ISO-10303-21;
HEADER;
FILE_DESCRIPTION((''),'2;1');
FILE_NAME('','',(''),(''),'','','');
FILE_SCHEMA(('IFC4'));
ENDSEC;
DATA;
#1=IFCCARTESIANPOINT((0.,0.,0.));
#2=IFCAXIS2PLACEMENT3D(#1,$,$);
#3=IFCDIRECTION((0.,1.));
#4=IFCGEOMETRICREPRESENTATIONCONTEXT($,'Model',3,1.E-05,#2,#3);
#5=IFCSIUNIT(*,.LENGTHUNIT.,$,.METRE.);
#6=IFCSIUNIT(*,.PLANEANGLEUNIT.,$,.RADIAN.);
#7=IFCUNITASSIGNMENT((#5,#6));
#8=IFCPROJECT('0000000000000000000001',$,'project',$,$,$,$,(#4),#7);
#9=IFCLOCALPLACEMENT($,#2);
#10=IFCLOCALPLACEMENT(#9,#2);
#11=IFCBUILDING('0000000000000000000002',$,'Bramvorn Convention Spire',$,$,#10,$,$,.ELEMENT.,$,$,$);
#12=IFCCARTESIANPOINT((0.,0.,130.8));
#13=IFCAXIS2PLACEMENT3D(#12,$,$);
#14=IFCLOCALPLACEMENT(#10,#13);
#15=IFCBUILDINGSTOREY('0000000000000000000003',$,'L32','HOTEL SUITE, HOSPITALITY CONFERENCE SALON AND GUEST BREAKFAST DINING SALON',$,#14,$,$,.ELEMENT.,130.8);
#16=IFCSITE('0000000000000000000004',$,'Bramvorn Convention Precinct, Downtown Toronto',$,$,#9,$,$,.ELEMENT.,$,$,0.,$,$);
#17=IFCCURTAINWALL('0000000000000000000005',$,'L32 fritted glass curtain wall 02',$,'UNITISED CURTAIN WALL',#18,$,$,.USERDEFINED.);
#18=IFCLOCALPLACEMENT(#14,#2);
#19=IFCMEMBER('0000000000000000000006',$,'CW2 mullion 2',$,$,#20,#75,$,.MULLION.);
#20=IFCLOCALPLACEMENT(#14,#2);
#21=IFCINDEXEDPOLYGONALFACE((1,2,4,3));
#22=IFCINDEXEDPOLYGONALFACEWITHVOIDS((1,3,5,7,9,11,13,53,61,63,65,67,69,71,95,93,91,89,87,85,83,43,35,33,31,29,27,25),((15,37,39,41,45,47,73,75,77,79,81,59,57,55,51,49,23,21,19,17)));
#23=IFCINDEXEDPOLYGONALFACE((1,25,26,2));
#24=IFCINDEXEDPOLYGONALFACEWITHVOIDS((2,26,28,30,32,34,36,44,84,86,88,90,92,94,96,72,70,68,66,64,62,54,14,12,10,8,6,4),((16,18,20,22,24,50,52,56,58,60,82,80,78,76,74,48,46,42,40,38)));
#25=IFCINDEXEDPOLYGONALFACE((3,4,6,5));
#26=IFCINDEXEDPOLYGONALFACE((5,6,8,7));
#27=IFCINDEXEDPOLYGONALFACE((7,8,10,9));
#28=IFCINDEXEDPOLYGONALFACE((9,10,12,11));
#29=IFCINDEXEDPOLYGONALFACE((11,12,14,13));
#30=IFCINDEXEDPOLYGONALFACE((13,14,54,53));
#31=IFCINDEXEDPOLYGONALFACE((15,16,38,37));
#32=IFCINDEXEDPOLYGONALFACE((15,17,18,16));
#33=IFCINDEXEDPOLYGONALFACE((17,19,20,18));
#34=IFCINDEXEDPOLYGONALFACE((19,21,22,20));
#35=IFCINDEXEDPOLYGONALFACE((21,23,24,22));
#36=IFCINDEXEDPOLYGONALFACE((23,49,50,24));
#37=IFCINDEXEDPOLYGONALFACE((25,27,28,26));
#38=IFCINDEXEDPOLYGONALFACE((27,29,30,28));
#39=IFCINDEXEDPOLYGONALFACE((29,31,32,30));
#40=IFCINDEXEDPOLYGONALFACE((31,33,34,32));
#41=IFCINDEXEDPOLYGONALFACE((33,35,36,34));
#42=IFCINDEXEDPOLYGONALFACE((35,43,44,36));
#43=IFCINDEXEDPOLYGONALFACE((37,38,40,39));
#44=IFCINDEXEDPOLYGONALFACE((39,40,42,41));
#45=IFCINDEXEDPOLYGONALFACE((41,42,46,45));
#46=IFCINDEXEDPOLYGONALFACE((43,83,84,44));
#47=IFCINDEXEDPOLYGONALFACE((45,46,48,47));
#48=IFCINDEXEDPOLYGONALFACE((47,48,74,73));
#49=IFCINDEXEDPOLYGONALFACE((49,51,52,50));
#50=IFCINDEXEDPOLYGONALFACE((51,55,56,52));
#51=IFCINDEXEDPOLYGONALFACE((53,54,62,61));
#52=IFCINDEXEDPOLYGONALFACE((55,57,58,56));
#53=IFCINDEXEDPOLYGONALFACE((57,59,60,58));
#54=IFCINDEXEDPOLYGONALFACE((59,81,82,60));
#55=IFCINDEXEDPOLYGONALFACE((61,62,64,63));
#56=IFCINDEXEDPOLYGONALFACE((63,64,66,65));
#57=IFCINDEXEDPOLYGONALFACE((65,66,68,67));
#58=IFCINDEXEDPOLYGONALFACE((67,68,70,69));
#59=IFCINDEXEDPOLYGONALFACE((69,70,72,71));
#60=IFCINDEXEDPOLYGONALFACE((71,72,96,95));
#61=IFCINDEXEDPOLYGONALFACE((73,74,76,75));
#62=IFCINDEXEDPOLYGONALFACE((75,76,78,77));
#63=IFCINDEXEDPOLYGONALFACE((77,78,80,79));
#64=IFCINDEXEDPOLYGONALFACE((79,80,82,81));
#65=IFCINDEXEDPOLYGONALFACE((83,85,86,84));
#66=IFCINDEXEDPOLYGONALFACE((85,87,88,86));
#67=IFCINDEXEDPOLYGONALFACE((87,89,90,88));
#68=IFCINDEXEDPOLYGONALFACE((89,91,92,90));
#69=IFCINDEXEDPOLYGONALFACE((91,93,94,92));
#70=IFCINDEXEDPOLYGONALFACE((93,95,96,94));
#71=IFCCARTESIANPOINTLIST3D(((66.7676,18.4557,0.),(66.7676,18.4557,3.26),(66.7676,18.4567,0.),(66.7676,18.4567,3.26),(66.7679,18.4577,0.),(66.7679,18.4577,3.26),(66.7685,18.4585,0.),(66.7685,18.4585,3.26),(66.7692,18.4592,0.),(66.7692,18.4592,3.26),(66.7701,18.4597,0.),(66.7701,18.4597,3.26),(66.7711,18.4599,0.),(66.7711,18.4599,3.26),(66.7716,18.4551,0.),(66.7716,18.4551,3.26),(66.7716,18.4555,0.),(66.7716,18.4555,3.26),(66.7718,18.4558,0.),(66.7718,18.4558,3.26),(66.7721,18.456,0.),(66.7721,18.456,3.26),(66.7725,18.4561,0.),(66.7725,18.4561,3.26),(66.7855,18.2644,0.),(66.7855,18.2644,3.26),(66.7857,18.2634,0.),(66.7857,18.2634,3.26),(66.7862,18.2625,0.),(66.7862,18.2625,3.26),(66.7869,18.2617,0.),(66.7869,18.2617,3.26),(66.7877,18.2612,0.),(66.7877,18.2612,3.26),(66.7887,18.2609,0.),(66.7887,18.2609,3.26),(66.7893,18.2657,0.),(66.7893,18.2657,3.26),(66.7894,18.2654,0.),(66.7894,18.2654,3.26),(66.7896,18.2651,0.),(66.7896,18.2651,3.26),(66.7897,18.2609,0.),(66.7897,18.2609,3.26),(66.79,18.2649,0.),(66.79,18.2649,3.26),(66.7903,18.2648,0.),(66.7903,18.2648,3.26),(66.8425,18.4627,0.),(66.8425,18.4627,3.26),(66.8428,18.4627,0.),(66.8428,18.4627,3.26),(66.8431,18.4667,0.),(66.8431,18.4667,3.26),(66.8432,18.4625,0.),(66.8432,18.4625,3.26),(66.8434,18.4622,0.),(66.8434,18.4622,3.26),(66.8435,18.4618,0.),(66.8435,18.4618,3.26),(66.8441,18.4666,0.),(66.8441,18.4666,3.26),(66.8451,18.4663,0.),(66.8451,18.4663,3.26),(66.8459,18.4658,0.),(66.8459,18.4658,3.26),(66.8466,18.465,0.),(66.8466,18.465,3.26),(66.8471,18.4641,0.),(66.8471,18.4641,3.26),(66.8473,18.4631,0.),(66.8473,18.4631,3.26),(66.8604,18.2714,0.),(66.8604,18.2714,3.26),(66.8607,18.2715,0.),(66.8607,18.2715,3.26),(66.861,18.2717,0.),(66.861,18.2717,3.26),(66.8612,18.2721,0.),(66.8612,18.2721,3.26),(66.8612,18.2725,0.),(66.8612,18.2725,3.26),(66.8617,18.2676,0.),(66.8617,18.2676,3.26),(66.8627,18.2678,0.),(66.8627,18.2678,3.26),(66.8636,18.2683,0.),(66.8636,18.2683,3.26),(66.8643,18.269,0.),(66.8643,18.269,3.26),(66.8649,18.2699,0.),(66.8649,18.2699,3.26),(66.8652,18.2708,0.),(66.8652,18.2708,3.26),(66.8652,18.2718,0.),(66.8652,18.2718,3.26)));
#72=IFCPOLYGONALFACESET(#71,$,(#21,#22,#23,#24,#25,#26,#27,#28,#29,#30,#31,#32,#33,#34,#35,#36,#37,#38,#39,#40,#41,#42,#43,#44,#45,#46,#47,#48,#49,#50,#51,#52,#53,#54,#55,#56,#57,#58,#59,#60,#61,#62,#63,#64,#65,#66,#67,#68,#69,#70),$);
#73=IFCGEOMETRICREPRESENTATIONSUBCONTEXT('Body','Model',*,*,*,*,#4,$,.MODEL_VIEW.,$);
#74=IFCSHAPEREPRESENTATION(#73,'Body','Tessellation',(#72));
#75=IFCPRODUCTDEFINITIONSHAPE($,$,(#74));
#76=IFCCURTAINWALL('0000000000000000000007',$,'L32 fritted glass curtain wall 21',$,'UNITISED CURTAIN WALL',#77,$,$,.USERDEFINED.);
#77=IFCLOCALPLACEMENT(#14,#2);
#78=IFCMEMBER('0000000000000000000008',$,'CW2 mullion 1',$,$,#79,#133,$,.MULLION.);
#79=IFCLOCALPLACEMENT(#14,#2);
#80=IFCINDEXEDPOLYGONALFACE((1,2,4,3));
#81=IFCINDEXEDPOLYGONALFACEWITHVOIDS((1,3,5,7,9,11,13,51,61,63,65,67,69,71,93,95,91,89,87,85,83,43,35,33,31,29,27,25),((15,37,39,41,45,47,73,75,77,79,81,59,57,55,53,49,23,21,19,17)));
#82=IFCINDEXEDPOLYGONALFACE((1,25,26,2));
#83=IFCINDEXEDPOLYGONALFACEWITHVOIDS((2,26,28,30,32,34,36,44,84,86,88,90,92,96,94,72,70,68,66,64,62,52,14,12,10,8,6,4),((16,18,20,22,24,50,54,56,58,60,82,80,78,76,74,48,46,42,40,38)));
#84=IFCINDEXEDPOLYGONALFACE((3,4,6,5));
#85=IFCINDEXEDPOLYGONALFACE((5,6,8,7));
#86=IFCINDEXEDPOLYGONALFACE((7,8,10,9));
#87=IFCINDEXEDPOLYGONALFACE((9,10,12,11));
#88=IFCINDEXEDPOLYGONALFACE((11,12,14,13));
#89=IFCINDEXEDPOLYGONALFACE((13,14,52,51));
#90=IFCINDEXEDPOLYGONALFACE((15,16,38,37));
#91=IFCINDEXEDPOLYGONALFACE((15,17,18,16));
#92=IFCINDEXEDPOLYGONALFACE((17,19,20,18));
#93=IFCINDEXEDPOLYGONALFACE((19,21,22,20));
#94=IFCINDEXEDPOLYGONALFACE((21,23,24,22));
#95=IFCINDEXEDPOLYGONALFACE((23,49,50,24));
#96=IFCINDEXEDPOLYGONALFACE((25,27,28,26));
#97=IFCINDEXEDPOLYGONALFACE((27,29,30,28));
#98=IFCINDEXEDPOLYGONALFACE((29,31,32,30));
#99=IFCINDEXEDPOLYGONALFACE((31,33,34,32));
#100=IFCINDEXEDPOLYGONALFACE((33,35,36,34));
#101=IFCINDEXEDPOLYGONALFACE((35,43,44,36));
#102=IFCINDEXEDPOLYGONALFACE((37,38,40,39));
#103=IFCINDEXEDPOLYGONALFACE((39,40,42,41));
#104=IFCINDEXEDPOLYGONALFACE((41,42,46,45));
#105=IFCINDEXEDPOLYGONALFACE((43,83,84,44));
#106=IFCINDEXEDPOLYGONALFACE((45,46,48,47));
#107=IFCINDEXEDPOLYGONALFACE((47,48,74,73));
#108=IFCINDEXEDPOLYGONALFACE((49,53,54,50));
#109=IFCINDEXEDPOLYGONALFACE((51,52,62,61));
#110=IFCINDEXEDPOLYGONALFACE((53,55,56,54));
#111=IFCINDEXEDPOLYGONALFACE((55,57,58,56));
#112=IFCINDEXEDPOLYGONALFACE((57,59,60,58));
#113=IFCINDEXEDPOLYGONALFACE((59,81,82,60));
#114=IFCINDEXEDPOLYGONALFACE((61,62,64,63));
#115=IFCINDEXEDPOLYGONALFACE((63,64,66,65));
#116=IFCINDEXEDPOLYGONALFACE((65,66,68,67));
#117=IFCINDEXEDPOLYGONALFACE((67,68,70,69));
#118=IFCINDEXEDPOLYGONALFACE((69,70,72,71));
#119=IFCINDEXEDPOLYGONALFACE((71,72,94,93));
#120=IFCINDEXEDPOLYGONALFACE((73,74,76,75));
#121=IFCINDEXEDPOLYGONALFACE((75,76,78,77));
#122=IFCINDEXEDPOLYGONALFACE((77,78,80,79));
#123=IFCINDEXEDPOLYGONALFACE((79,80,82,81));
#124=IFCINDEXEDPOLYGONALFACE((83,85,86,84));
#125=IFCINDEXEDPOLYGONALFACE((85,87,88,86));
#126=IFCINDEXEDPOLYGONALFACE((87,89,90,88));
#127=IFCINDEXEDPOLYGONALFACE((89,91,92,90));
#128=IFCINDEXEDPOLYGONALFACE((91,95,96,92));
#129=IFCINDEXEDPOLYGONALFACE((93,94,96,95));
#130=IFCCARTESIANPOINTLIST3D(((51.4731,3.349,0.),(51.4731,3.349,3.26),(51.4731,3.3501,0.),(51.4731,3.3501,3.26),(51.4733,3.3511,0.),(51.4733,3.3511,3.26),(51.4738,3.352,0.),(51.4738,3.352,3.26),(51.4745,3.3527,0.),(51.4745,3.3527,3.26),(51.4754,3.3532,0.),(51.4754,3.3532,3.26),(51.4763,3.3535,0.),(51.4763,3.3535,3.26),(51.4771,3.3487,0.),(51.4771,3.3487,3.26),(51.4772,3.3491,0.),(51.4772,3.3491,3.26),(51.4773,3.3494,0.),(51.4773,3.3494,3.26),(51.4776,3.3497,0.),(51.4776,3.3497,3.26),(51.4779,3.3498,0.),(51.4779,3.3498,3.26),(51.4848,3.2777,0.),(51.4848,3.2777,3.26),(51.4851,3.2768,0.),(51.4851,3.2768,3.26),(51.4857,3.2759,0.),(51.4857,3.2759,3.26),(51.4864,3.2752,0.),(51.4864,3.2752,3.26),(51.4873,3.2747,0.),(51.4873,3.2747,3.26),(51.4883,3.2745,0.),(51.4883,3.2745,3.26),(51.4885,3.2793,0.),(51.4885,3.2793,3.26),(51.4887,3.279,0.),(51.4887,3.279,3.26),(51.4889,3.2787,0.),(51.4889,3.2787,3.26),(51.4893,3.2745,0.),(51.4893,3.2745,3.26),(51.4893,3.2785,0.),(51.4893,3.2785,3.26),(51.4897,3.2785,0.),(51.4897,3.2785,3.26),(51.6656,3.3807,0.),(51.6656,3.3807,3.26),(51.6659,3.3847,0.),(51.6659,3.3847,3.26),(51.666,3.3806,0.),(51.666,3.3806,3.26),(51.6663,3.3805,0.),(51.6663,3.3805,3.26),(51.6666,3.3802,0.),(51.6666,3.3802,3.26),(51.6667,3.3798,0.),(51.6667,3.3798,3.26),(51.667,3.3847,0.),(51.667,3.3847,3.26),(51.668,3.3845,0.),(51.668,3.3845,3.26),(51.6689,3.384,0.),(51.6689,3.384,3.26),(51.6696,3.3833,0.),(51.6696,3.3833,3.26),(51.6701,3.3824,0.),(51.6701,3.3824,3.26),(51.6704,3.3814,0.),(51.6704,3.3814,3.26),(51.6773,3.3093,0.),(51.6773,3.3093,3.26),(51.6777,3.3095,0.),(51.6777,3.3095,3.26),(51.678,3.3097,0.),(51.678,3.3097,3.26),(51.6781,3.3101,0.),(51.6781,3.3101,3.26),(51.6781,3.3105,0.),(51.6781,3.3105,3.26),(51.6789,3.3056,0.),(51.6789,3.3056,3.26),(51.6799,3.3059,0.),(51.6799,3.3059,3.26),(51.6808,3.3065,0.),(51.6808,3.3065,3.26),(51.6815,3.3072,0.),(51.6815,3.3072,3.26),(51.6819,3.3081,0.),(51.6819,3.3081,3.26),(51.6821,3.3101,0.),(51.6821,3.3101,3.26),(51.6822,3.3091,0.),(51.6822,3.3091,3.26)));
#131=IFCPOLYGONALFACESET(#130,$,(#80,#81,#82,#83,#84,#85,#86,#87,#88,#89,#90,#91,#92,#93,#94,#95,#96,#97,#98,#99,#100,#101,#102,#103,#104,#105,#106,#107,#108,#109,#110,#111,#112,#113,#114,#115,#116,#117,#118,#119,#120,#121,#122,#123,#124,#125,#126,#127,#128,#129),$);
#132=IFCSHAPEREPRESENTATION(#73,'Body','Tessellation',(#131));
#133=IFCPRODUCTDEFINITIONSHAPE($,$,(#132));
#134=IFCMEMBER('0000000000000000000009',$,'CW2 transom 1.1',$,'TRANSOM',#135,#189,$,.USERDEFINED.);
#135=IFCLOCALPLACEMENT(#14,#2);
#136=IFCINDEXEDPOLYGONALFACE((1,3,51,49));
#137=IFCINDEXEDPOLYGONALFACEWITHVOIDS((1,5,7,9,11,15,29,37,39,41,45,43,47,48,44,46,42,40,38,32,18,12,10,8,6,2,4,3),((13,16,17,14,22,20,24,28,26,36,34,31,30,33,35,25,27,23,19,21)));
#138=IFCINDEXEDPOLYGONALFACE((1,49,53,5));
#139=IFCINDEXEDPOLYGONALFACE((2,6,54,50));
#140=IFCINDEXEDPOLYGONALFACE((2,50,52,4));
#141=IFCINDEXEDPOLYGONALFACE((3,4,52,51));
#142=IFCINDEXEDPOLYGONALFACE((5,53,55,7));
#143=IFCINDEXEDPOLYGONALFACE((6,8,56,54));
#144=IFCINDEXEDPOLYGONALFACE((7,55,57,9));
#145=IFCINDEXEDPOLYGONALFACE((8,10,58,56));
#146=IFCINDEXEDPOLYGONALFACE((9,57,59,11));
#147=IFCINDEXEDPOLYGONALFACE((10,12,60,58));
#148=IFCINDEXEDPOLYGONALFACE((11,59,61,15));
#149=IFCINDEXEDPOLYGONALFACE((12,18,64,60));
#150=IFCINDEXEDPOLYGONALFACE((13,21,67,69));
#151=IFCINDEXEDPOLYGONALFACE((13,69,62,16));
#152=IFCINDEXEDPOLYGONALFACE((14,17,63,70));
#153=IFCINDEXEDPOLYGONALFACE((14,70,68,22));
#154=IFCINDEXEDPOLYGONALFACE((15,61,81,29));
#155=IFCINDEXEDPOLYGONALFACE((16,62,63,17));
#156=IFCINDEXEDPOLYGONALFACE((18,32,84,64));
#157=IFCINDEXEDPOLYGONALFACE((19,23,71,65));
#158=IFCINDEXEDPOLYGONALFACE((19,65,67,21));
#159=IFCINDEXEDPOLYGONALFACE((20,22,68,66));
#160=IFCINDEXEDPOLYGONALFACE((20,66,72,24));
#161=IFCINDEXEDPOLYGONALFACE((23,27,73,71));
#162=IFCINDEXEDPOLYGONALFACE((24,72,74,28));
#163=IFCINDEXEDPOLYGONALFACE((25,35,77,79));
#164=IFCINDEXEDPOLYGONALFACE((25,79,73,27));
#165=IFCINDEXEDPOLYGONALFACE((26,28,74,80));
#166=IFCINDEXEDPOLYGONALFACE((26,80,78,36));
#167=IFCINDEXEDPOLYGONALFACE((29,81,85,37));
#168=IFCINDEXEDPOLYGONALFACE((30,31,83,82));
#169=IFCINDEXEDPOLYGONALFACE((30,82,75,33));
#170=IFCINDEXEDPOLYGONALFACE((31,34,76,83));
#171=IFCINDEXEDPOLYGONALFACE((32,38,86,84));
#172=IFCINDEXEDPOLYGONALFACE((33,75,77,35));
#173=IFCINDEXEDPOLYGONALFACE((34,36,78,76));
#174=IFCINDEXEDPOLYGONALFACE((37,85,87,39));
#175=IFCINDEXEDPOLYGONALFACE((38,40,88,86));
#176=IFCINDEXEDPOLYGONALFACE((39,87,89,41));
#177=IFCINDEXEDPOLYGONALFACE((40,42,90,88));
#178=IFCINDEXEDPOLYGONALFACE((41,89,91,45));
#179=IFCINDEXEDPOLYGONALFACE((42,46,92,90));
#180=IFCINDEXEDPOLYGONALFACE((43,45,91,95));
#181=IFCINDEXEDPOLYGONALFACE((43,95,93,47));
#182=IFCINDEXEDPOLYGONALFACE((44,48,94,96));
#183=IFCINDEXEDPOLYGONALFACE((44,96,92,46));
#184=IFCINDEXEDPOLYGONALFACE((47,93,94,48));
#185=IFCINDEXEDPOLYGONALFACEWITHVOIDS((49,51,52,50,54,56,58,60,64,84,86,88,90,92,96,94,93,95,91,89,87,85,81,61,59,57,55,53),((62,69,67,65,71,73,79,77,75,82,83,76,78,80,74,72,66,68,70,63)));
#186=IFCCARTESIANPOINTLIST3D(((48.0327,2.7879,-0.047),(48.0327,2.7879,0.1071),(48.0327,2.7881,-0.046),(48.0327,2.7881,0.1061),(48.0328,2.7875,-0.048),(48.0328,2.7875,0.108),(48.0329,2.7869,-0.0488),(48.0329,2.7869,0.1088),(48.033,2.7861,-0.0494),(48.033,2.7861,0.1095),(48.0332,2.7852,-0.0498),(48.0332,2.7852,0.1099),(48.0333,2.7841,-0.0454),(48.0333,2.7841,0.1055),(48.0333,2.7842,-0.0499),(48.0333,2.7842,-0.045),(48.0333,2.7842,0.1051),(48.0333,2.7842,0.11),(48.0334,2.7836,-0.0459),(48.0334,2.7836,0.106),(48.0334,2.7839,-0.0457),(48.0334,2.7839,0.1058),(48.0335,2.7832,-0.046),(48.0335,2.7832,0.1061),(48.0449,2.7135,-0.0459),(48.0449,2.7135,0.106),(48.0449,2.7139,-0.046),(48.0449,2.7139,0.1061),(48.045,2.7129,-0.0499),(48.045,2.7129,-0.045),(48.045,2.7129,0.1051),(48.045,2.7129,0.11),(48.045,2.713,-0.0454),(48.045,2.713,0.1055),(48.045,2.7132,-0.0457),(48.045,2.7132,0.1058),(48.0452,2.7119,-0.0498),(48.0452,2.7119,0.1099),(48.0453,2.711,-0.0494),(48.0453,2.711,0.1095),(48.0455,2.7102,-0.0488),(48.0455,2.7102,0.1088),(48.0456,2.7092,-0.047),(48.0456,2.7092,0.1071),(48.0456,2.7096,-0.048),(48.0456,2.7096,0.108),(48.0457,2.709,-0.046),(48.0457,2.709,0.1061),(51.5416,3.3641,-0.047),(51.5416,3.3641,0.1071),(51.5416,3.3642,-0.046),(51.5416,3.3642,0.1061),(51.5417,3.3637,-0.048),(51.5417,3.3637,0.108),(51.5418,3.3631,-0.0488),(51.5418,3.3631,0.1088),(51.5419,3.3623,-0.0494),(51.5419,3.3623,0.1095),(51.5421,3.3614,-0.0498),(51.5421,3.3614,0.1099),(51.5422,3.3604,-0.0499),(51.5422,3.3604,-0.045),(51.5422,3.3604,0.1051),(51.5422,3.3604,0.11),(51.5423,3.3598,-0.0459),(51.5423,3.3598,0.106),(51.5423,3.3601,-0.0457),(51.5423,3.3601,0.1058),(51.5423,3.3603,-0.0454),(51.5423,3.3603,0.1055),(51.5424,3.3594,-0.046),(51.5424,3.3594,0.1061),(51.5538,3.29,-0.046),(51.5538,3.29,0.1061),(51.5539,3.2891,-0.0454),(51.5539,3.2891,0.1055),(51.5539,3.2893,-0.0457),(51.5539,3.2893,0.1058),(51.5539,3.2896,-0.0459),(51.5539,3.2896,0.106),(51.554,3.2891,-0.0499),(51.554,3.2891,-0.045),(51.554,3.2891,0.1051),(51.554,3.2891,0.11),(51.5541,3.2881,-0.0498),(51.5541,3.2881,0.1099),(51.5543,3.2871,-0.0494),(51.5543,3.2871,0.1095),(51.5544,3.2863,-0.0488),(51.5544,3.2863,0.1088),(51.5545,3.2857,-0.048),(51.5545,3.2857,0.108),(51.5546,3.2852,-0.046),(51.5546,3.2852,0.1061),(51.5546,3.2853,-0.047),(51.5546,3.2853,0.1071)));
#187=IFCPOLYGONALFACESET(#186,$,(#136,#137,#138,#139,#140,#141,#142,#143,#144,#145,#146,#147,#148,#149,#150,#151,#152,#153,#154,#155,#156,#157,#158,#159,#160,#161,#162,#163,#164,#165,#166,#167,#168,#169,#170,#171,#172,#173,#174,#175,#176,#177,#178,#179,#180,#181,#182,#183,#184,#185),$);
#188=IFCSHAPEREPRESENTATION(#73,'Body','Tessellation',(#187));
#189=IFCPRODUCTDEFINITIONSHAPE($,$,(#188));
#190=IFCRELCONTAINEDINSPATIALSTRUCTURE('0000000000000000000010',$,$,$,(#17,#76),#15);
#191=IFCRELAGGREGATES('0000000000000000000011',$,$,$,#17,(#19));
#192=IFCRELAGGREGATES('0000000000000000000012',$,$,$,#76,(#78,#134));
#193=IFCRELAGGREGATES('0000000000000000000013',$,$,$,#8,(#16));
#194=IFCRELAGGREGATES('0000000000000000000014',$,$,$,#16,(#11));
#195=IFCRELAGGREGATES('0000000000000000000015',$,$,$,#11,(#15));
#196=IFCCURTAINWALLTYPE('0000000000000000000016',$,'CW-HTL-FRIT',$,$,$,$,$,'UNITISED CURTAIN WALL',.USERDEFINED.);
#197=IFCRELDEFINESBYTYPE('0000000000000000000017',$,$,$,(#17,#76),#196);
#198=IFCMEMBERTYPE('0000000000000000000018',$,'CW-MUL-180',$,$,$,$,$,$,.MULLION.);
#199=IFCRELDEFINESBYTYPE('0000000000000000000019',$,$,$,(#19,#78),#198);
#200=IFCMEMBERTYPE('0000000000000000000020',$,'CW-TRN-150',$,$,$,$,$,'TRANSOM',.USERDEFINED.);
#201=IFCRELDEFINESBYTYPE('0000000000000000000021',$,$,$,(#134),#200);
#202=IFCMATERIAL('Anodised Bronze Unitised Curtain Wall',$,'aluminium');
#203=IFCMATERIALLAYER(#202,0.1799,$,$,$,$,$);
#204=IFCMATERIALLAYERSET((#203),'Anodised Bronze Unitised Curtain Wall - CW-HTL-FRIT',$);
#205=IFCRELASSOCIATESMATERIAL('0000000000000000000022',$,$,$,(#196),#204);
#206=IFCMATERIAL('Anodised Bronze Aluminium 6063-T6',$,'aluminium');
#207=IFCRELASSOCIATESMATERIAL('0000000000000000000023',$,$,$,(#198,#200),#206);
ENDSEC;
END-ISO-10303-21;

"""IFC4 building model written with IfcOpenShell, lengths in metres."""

from ifc_helpers import new_model, si_unit, direction, frame, origin, origin_2d, place, context, subcontext, project, spatial, hollow_rectangle, extrude, material, layer, layer_set, material_profile, profile_set, type_object, element, aggregate, save


model = new_model("IFC4")

# Units and contexts
model_context = context("Model", 3, precision=1e-05, world=origin(), true_north=direction((0.0, 1.0)))
body_context = subcontext(model_context, "Body", "Model", "MODEL_VIEW")
ifc_project = project(units=[si_unit("LENGTHUNIT", "METRE"), si_unit("PLANEANGLEUNIT", "RADIAN")], contexts=[model_context])

# Site, building, storey
site_placement = place(None, origin())
site = spatial("IfcSite", under=ifc_project, at=site_placement, Name="Bramvorn Convention Precinct, Downtown Toronto", CompositionType="ELEMENT", RefElevation=0.0)
building_placement = place(site_placement, origin())
building = spatial("IfcBuilding", under=site, at=building_placement, Name="Bramvorn Convention Spire", CompositionType="ELEMENT")
storey_placement = place(building_placement, frame((0.0, 0.0, 130.8)))
storey = spatial("IfcBuildingStorey", under=building, at=storey_placement, Name="L32", Description="HOTEL SUITE, HOSPITALITY CONFERENCE SALON AND GUEST BREAKFAST DINING SALON", CompositionType="ELEMENT", Elevation=130.8)

# Curtain wall, member
ifc_material_1 = material(Name="Anodised Bronze Unitised Curtain Wall", Category="aluminium")
ifc_layer_1 = layer(ifc_material_1, 0.1799)
ifc_layer_set_1 = layer_set([ifc_layer_1], Name="Anodised Bronze Unitised Curtain Wall - CW-HTL-FRIT")
curtain_wall_type = type_object("IfcCurtainWallType", Name="CW-HTL-FRIT", ElementType="UNITISED CURTAIN WALL", PredefinedType="USERDEFINED", material=ifc_layer_set_1)
curtain_wall_1_placement = place(storey_placement, origin())
curtain_wall_1 = element("IfcCurtainWall", 1, at=curtain_wall_1_placement, inside=storey, type_object=curtain_wall_type, Name="L32 fritted glass curtain wall 02", ObjectType="UNITISED CURTAIN WALL", PredefinedType="USERDEFINED")
ifc_material_2 = material(Name="Anodised Bronze Aluminium 6063-T6", Category="aluminium")
ifc_material_profile_1 = material_profile(ifc_material_2, hollow_rectangle(XDim=0.0801, YDim=0.2, WallThickness=0.0039, InnerFilletRadius=0.001, OuterFilletRadius=0.0039, at=origin_2d()))
ifc_profile_set_1 = profile_set([ifc_material_profile_1], Name="Anodised Bronze Aluminium 6063-T6 - CWM80X200")
member_type_1 = type_object("IfcMemberType", Name="CW-MUL-180", PredefinedType="MULLION", material=ifc_profile_set_1)
member_1_placement = place(storey_placement, frame((66.8164, 18.3638, 0.0), z_axis=(0.0, 0.0, 1.0), x_axis=(0.995655, 0.093118, 0.0)))
member_1 = element("IfcMember", 2, at=member_1_placement, type_object=member_type_1, Name="CW2 mullion 2", PredefinedType="MULLION", context=body_context, shape_type="SweptSolid", body=[
    extrude(hollow_rectangle(XDim=0.0801, YDim=0.2, WallThickness=0.0039, InnerFilletRadius=0.001, OuterFilletRadius=0.0039, at=origin_2d()), origin(), (0.0, 0.0, 1.0), 3.26),
])

# Curtain wall, members
curtain_wall_2_placement = place(storey_placement, origin())
curtain_wall_2 = element("IfcCurtainWall", 3, at=curtain_wall_2_placement, inside=storey, type_object=curtain_wall_type, Name="L32 fritted glass curtain wall 21", ObjectType="UNITISED CURTAIN WALL", PredefinedType="USERDEFINED")
member_2_placement = place(storey_placement, frame((51.5776, 3.3296, 0.0), z_axis=(0.0, 0.0, 1.0), x_axis=(0.162043, -0.986784, 0.0)))
member_2 = element("IfcMember", 4, at=member_2_placement, type_object=member_type_1, Name="CW2 mullion 1", PredefinedType="MULLION", context=body_context, shape_type="SweptSolid", body=[
    extrude(hollow_rectangle(XDim=0.0801, YDim=0.2, WallThickness=0.0039, InnerFilletRadius=0.001, OuterFilletRadius=0.0039, at=origin_2d()), origin(), (0.0, 0.0, 1.0), 3.26),
])
ifc_material_profile_2 = material_profile(ifc_material_2, hollow_rectangle(XDim=0.0801, YDim=0.1599, WallThickness=0.0039, InnerFilletRadius=0.001, OuterFilletRadius=0.0039, at=origin_2d()))
ifc_profile_set_2 = profile_set([ifc_material_profile_2], Name="Anodised Bronze Aluminium 6063-T6 - CWT80X160")
member_type_2 = type_object("IfcMemberType", Name="CW-TRN-150", ElementType="TRANSOM", PredefinedType="USERDEFINED", material=ifc_profile_set_2)
member_3_placement = place(storey_placement, frame((51.5481, 3.3247, 0.03), z_axis=(-0.986786, -0.162027, 0.0), x_axis=(0.162027, -0.986786, 0.0)))
member_3 = element("IfcMember", 5, at=member_3_placement, type_object=member_type_2, Name="CW2 transom 1.1", ObjectType="TRANSOM", PredefinedType="USERDEFINED", context=body_context, shape_type="SweptSolid", body=[
    extrude(hollow_rectangle(XDim=0.0801, YDim=0.1599, WallThickness=0.0039, InnerFilletRadius=0.001, OuterFilletRadius=0.0039, at=origin_2d()), origin(), (0.0, 0.0, 1.0), 3.5559),
])

aggregate(curtain_wall_1, [member_1])
aggregate(curtain_wall_2, [member_2, member_3])

save(model, "model.ifc")
